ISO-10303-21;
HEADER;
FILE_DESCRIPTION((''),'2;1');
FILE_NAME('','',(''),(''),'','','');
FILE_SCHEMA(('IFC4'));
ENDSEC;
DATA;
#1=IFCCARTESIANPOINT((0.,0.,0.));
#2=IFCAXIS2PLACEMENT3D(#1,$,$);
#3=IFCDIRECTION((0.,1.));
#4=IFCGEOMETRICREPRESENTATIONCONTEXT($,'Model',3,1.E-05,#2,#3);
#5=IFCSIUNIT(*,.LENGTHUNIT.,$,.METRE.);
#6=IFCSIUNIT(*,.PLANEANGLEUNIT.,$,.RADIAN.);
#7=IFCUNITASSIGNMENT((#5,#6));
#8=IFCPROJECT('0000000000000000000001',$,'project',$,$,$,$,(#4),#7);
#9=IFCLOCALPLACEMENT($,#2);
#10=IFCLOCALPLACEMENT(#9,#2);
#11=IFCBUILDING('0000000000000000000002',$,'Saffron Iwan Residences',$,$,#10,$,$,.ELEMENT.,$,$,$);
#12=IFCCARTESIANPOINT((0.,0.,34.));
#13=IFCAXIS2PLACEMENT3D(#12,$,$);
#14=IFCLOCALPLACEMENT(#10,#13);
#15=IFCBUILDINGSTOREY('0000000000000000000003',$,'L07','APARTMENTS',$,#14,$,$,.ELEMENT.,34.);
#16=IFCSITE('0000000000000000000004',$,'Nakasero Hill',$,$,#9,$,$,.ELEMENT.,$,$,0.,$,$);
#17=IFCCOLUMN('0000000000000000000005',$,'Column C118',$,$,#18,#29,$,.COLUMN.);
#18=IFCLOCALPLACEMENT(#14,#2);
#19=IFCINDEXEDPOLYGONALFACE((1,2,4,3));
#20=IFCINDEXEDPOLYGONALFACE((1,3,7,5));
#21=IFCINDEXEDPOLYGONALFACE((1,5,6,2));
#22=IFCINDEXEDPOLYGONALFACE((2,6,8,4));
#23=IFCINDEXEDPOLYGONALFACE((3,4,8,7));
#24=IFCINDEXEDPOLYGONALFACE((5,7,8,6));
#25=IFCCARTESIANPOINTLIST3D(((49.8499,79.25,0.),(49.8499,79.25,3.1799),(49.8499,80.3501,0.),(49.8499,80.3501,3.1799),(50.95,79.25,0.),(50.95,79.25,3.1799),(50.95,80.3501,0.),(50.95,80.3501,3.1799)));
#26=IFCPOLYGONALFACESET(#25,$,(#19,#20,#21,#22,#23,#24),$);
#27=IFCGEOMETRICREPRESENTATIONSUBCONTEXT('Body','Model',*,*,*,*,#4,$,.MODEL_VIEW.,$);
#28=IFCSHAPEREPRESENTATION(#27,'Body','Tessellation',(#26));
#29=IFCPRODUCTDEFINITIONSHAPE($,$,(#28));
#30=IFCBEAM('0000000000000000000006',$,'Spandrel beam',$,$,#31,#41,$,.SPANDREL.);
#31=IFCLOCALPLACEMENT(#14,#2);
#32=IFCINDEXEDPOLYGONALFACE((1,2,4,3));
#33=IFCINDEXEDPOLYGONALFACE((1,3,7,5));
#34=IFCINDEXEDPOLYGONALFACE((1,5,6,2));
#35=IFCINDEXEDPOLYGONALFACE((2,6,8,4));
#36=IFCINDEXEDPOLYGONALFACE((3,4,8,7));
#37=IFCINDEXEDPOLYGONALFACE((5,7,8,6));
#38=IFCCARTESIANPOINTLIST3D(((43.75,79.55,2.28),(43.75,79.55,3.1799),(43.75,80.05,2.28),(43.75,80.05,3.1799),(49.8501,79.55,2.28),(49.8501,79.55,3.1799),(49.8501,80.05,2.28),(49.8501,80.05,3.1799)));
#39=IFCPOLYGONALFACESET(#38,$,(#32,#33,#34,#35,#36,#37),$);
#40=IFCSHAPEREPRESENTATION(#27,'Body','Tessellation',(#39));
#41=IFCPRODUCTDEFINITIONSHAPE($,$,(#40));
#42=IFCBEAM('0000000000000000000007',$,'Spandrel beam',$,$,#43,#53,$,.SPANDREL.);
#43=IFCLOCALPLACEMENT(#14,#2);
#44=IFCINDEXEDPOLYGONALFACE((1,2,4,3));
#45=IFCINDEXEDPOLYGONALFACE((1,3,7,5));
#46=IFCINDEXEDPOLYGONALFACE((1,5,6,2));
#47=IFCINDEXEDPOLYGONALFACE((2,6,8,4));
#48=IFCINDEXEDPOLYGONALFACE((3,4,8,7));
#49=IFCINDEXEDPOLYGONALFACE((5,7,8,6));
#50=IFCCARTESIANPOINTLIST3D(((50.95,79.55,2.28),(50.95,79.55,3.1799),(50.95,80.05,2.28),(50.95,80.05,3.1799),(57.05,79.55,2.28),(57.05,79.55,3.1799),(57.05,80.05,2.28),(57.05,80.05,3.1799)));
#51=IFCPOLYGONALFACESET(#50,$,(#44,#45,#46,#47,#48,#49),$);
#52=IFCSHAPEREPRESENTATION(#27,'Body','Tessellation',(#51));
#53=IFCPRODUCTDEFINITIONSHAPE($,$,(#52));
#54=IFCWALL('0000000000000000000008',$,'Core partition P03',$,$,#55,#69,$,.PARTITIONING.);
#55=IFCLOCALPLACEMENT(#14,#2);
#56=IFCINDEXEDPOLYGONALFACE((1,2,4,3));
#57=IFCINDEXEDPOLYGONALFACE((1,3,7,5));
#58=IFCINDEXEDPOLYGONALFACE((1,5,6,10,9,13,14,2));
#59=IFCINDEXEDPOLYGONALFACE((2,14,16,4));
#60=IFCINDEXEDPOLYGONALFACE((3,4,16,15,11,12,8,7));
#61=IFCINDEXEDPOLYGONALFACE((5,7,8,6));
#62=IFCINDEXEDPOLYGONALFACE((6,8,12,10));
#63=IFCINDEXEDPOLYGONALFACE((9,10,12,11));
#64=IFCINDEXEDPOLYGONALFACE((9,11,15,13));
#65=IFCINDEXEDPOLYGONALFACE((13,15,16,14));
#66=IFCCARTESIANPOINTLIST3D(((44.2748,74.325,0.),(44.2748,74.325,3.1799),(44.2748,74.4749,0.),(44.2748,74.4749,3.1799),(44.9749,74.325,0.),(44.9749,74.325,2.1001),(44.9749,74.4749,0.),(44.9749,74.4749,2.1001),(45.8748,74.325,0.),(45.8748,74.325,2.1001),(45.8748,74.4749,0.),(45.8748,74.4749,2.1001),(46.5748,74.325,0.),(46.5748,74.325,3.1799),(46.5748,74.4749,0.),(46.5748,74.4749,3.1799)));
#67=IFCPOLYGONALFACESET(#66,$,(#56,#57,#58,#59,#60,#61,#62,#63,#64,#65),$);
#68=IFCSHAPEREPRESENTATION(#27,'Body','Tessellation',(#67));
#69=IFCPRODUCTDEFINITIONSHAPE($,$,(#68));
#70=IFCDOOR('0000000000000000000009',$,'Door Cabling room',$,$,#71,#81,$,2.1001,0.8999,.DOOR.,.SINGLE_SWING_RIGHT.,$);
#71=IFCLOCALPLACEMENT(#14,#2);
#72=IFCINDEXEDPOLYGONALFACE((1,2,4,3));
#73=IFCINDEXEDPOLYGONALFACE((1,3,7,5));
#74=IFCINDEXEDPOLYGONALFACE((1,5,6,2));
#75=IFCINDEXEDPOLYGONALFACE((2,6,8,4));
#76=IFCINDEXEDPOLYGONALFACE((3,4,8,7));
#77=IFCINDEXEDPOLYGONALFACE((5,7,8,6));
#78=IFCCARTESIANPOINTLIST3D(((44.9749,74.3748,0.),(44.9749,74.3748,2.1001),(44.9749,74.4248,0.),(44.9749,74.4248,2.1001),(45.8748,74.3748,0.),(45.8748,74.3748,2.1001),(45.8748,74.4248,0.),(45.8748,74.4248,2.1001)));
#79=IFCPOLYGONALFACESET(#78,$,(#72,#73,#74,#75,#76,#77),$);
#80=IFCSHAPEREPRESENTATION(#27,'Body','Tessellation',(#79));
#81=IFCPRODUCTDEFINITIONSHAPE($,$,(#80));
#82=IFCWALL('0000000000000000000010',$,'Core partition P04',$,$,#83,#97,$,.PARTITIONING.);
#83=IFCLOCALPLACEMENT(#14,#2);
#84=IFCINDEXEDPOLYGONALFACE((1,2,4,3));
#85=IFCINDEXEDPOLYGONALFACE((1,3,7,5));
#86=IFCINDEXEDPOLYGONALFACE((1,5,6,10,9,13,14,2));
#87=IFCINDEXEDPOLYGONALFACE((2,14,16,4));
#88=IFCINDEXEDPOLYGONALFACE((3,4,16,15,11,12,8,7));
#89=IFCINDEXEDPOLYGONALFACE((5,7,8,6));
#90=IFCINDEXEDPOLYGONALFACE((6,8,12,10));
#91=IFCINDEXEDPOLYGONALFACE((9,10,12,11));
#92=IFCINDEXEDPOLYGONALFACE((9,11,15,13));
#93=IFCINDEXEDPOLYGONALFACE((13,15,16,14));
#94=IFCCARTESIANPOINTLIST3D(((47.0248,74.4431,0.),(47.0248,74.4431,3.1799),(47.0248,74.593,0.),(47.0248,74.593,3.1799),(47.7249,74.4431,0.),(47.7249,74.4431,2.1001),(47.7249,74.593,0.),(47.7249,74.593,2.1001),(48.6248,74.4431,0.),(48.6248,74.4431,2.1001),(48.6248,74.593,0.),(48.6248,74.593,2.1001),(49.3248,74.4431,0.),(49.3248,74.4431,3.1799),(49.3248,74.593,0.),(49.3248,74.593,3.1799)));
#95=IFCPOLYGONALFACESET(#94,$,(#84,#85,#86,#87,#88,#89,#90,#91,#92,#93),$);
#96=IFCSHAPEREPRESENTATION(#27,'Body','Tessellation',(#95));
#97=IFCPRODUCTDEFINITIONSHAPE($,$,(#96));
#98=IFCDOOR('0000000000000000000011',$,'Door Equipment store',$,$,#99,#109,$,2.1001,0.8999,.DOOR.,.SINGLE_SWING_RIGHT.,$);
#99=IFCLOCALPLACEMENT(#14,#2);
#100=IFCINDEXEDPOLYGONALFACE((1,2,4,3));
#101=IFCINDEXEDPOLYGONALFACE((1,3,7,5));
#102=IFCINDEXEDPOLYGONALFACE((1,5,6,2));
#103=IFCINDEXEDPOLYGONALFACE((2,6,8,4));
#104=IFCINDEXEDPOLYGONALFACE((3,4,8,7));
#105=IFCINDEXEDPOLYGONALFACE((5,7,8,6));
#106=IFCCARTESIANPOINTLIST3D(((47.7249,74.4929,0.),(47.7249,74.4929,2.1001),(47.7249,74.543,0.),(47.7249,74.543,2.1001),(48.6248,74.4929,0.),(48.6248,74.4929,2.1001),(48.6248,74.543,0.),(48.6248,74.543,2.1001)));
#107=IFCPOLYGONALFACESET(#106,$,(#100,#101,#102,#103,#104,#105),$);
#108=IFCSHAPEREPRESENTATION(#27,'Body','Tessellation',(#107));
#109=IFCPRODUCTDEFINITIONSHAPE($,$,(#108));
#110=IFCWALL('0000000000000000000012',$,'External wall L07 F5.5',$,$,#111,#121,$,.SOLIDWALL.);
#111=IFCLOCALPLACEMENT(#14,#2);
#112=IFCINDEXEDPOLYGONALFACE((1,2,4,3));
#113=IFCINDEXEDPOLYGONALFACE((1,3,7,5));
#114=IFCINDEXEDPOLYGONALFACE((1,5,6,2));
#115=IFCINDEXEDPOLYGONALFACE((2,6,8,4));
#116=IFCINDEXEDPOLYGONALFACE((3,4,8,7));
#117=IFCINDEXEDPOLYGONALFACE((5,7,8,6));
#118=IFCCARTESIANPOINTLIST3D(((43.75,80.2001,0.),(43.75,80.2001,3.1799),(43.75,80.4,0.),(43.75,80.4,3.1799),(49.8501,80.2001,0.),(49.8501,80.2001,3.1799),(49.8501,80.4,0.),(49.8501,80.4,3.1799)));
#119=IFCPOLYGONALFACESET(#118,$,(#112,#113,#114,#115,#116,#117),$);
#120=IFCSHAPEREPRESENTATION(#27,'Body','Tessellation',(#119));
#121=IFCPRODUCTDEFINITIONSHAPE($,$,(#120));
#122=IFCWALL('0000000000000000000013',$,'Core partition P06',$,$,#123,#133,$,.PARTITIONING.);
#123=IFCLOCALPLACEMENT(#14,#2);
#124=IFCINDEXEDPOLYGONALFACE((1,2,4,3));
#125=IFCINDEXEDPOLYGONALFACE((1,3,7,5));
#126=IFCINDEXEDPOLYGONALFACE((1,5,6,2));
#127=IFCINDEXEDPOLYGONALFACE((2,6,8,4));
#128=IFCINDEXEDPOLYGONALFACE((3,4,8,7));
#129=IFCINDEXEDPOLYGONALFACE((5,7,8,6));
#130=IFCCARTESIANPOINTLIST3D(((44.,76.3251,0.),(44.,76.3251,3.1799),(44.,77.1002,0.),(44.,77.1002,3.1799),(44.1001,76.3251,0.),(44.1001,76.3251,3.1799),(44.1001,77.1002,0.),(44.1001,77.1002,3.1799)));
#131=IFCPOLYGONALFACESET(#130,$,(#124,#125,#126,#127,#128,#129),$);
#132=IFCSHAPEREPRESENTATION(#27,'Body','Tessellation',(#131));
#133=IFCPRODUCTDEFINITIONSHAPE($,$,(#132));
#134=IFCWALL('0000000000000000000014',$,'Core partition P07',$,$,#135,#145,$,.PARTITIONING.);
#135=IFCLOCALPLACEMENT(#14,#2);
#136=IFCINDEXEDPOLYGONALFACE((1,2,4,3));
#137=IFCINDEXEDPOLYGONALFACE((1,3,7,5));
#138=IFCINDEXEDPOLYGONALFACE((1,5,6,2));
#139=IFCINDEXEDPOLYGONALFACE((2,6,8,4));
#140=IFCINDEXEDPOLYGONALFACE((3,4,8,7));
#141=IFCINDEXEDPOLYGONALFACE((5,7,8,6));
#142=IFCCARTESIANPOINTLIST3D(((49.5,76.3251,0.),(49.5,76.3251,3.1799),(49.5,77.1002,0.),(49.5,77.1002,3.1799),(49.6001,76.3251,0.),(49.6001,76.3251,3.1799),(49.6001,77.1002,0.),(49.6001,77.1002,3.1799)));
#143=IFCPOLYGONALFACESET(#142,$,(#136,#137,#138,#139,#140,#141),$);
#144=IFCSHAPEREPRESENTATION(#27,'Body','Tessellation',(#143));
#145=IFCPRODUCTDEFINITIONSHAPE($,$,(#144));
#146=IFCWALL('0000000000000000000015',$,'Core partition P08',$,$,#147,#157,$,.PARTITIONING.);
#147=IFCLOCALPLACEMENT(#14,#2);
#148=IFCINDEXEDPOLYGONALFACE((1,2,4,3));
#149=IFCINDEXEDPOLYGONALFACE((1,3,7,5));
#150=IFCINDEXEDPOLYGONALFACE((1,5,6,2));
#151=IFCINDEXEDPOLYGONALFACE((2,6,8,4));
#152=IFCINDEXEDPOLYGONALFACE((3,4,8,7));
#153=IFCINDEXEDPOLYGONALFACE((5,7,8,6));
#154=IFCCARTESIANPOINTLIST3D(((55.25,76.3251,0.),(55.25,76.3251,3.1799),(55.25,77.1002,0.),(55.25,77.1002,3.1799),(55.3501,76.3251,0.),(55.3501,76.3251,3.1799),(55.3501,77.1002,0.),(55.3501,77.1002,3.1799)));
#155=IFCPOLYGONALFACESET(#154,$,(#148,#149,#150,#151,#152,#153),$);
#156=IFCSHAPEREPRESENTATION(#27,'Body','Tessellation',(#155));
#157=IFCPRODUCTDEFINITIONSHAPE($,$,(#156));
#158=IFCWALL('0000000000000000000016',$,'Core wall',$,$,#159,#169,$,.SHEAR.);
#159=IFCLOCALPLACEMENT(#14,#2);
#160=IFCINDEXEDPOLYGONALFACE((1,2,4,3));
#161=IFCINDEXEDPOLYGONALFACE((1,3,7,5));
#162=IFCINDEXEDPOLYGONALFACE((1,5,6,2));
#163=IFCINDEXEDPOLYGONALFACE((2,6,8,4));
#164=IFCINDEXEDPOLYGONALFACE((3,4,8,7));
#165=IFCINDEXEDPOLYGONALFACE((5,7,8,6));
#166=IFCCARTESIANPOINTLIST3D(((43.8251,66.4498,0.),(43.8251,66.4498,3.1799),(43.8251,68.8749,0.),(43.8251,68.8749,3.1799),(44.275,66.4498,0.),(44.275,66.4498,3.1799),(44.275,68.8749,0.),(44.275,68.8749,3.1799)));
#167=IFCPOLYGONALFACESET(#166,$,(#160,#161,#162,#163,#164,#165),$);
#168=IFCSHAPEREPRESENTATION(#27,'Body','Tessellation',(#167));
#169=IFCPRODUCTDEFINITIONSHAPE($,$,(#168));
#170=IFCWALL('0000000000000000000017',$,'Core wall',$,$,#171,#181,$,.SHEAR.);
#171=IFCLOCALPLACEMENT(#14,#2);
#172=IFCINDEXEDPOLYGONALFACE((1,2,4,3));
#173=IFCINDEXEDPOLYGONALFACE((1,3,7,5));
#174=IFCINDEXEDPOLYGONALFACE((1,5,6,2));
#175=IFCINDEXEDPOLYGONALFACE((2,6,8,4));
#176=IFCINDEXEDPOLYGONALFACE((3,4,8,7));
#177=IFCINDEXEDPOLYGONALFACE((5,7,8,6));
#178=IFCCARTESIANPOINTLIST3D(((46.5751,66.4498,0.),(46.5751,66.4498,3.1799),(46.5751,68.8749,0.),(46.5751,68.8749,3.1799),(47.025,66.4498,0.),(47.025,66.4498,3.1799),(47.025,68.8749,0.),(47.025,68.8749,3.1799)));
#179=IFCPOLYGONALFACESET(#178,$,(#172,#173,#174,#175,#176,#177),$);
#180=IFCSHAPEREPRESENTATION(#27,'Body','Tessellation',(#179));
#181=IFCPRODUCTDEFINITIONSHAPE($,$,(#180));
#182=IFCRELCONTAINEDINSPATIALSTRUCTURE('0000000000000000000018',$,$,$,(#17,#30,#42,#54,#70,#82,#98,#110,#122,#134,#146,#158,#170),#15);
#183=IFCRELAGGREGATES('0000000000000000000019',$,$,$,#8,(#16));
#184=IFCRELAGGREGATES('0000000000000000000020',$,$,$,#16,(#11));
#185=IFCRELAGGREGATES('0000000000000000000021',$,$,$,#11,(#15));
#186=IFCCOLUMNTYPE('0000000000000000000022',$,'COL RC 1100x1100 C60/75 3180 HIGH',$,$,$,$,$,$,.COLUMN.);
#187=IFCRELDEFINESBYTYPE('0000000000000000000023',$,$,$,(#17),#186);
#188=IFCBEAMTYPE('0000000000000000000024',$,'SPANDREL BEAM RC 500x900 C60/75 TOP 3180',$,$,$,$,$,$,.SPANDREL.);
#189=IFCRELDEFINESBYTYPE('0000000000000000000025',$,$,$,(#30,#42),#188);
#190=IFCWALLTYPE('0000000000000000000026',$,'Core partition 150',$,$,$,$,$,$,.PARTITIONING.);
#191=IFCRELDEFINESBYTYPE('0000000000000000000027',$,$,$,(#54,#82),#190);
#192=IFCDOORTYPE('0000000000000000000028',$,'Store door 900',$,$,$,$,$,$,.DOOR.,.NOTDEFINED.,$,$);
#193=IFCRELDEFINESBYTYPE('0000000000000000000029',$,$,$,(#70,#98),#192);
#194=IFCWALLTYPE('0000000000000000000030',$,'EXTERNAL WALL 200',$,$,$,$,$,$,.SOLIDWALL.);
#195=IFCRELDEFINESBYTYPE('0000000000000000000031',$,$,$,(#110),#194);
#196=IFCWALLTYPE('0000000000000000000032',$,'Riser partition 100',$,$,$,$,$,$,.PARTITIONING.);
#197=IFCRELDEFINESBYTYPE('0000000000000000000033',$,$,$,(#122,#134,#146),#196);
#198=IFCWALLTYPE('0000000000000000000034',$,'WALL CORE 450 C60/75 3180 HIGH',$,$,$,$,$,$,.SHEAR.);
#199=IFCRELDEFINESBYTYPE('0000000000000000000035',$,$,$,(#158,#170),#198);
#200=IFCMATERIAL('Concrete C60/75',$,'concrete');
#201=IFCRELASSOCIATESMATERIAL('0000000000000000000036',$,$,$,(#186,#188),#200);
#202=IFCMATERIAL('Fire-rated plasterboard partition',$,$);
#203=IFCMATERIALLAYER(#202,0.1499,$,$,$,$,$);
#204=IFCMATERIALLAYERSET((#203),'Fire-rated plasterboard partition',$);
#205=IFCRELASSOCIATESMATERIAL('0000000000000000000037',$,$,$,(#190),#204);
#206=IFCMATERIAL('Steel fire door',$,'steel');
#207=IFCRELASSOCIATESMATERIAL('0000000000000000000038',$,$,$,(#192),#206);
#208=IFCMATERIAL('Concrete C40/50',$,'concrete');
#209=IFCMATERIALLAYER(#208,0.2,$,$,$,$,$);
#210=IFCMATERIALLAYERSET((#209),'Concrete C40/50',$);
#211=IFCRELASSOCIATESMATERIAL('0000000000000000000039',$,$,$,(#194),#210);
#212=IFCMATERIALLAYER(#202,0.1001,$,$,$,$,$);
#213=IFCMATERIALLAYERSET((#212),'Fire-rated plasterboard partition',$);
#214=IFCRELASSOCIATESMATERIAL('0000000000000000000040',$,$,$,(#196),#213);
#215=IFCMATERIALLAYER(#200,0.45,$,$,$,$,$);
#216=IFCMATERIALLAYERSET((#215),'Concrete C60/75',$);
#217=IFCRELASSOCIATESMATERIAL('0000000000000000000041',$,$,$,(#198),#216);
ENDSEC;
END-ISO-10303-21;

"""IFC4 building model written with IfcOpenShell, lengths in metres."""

from ifc_helpers import new_model, si_unit, direction, frame, frame_2d, origin, origin_2d, place, context, subcontext, project, spatial, rectangle, extrude, source, transform, mapped, material, layer, layer_set, material_profile, profile_set, type_object, element, fill, save


model = new_model("IFC4")

# Units and contexts
model_context = context("Model", 3, precision=1e-05, world=origin(), true_north=direction((0.0, 1.0)))
body_context = subcontext(model_context, "Body", "Model", "MODEL_VIEW")
ifc_project = project(units=[si_unit("LENGTHUNIT", "METRE"), si_unit("PLANEANGLEUNIT", "RADIAN")], contexts=[model_context])

# Site, building, storey
site_placement = place(None, origin())
site = spatial("IfcSite", under=ifc_project, at=site_placement, Name="Nakasero Hill", CompositionType="ELEMENT", RefElevation=0.0)
building_placement = place(site_placement, origin())
building = spatial("IfcBuilding", under=site, at=building_placement, Name="Saffron Iwan Residences", CompositionType="ELEMENT")
storey_placement = place(building_placement, frame((0.0, 0.0, 34.0)))
storey = spatial("IfcBuildingStorey", under=building, at=storey_placement, Name="L07", Description="APARTMENTS", CompositionType="ELEMENT", Elevation=34.0)

# Column
ifc_material_1 = material(Name="Concrete C60/75", Category="concrete")
ifc_material_profile_1 = material_profile(ifc_material_1, rectangle(XDim=1.1001, YDim=1.1001, at=origin_2d()), Name="RC 1100x1100")
ifc_profile_set_1 = profile_set([ifc_material_profile_1], Name="Concrete C60/75")
column_type = type_object("IfcColumnType", Name="COL RC 1100x1100 C60/75 3180 HIGH", PredefinedType="COLUMN", material=ifc_profile_set_1)
shared_shape_1 = source(origin(), body_context, "Body", "SweptSolid", [
    extrude(rectangle(XDim=1.1001, YDim=1.1001, at=origin_2d()), origin(), (0.0, 0.0, 1.0), 3.1799),
])
column_placement = place(storey_placement, frame((50.3999, 79.8, 0.0), z_axis=(0.0, 0.0, 1.0), x_axis=(1.0, 0.0, 0.0)))
element("IfcColumn", 1, at=column_placement, inside=storey, type_object=column_type, Name="Column C118", PredefinedType="COLUMN", context=body_context, shape_type="MappedRepresentation", body=[
    mapped(shared_shape_1, transform((0.0, 0.0, 0.0))),
])

# Beams
ifc_material_profile_2 = material_profile(ifc_material_1, rectangle(XDim=0.5, YDim=0.8999, at=origin_2d()), Name="RC 500x900")
ifc_profile_set_2 = profile_set([ifc_material_profile_2], Name="Concrete C60/75")
beam_type = type_object("IfcBeamType", Name="SPANDREL BEAM RC 500x900 C60/75 TOP 3180", PredefinedType="SPANDREL", material=ifc_profile_set_2)
shared_shape_2 = source(origin(), body_context, "Body", "SweptSolid", [
    extrude(rectangle(XDim=0.5, YDim=0.8999, at=origin_2d()), origin(), (0.0, 0.0, 1.0), 6.1001),
])
for number, where, z_axis, x_axis, name in (
    (2, (43.75, 79.8, 2.73), (1.0, 0.0, 0.0), (0.0, 1.0, 0.0), "Spandrel beam"),
    (3, (50.95, 79.8, 2.73), (1.0, 0.0, 0.0), (0.0, 1.0, 0.0), "Spandrel beam"),
):
    element("IfcBeam", number, at=place(storey_placement, frame(where, z_axis=z_axis, x_axis=x_axis)), inside=storey, type_object=beam_type, Name=name, PredefinedType="SPANDREL", context=body_context, shape_type="MappedRepresentation", body=[
        mapped(shared_shape_2, transform((0.0, 0.0, 0.0))),
    ])

# Walls, openings, doors
ifc_material_2 = material(Name="Fire-rated plasterboard partition")
ifc_layer_1 = layer(ifc_material_2, 0.1499)
ifc_layer_set_1 = layer_set([ifc_layer_1], Name="Fire-rated plasterboard partition")
wall_type_1 = type_object("IfcWallType", Name="Core partition 150", PredefinedType="PARTITIONING", material=ifc_layer_set_1)
wall_1_placement = place(storey_placement, frame((44.2749, 74.3999, 0.0), z_axis=(0.0, 0.0, 1.0), x_axis=(1.0, 0.0, 0.0)))
wall_1 = element("IfcWall", 4, at=wall_1_placement, inside=storey, type_object=wall_type_1, Name="Core partition P03", PredefinedType="PARTITIONING", context=body_context, shape_type="SweptSolid", body=[
    extrude(rectangle(XDim=2.3, YDim=0.1499, at=frame_2d((1.1499, 0.0))), origin(), (0.0, 0.0, 1.0), 3.1799),
])
opening_1_placement = place(wall_1_placement, frame((0.7, 0.0, 0.0)))
opening_1 = element("IfcOpeningElement", 5, at=opening_1_placement, cuts=wall_1, PredefinedType="OPENING", context=body_context, shape_type="SweptSolid", body=[
    extrude(rectangle(XDim=0.8999, YDim=2.1001, at=frame_2d((0.45, 1.05))), frame((0.0, 0.085, 0.0), z_axis=(0.0, -1.0, 0.0), x_axis=(1.0, 0.0, 0.0)), (0.0, 0.0, 1.0), 0.1699),
])
ifc_material_3 = material(Name="Steel fire door", Category="steel")
door_type = type_object("IfcDoorType", Name="Store door 900", OperationType="NOTDEFINED", PredefinedType="DOOR", material=ifc_material_3)
door_1_placement = place(opening_1_placement, origin())
door_1 = element("IfcDoor", 6, at=door_1_placement, inside=storey, type_object=door_type, Name="Door Cabling room", OperationType="SINGLE_SWING_RIGHT", OverallHeight=2.1001, OverallWidth=0.8999, PredefinedType="DOOR", context=body_context, shape_type="SweptSolid", body=[
    extrude(rectangle(XDim=0.8999, YDim=2.1001, at=frame_2d((0.45, 1.05))), frame((0.0, 0.0249, 0.0), z_axis=(0.0, -1.0, 0.0), x_axis=(1.0, 0.0, 0.0)), (0.0, 0.0, 1.0), 0.05),
])
fill(opening_1, door_1)
wall_2_placement = place(storey_placement, frame((47.0249, 74.5181, 0.0), z_axis=(0.0, 0.0, 1.0), x_axis=(1.0, 0.0, 0.0)))
wall_2 = element("IfcWall", 7, at=wall_2_placement, inside=storey, type_object=wall_type_1, Name="Core partition P04", PredefinedType="PARTITIONING", context=body_context, shape_type="SweptSolid", body=[
    extrude(rectangle(XDim=2.3, YDim=0.1499, at=frame_2d((1.1499, 0.0))), origin(), (0.0, 0.0, 1.0), 3.1799),
])
opening_2_placement = place(wall_2_placement, frame((0.7, 0.0, 0.0)))
opening_2 = element("IfcOpeningElement", 8, at=opening_2_placement, cuts=wall_2, PredefinedType="OPENING", context=body_context, shape_type="SweptSolid", body=[
    extrude(rectangle(XDim=0.8999, YDim=2.1001, at=frame_2d((0.45, 1.05))), frame((0.0, 0.085, 0.0), z_axis=(0.0, -1.0, 0.0), x_axis=(1.0, 0.0, 0.0)), (0.0, 0.0, 1.0), 0.1699),
])
door_2_placement = place(opening_2_placement, origin())
door_2 = element("IfcDoor", 9, at=door_2_placement, inside=storey, type_object=door_type, Name="Door Equipment store", OperationType="SINGLE_SWING_RIGHT", OverallHeight=2.1001, OverallWidth=0.8999, PredefinedType="DOOR", context=body_context, shape_type="SweptSolid", body=[
    extrude(rectangle(XDim=0.8999, YDim=2.1001, at=frame_2d((0.45, 1.05))), frame((0.0, 0.0249, 0.0), z_axis=(0.0, -1.0, 0.0), x_axis=(1.0, 0.0, 0.0)), (0.0, 0.0, 1.0), 0.05),
])
fill(opening_2, door_2)

# Walls
ifc_material_4 = material(Name="Concrete C40/50", Category="concrete")
ifc_layer_2 = layer(ifc_material_4, 0.2)
ifc_layer_set_2 = layer_set([ifc_layer_2], Name="Concrete C40/50")
wall_type_2 = type_object("IfcWallType", Name="EXTERNAL WALL 200", PredefinedType="SOLIDWALL", material=ifc_layer_set_2)
wall_3_placement = place(storey_placement, frame((49.8501, 80.3, 0.0), z_axis=(0.0, 0.0, 1.0), x_axis=(-1.0, 0.0, 0.0)))
element("IfcWall", 10, at=wall_3_placement, inside=storey, type_object=wall_type_2, Name="External wall L07 F5.5", PredefinedType="SOLIDWALL", context=body_context, shape_type="SweptSolid", body=[
    extrude(rectangle(XDim=6.1001, YDim=0.2, at=frame_2d((3.05, 0.0))), origin(), (0.0, 0.0, 1.0), 3.1799),
])
ifc_layer_3 = layer(ifc_material_2, 0.1001)
ifc_layer_set_3 = layer_set([ifc_layer_3], Name="Fire-rated plasterboard partition")
wall_type_3 = type_object("IfcWallType", Name="Riser partition 100", PredefinedType="PARTITIONING", material=ifc_layer_set_3)
for number, where, z_axis, x_axis, name in (
    (11, (44.05, 76.325, 0.0), (0.0, 0.0, 1.0), (0.0, 1.0, 0.0), "Core partition P06"),
    (12, (49.55, 76.325, 0.0), (0.0, 0.0, 1.0), (0.0, 1.0, 0.0), "Core partition P07"),
    (13, (55.3, 76.325, 0.0), (0.0, 0.0, 1.0), (0.0, 1.0, 0.0), "Core partition P08"),
):
    element("IfcWall", number, at=place(storey_placement, frame(where, z_axis=z_axis, x_axis=x_axis)), inside=storey, type_object=wall_type_3, Name=name, PredefinedType="PARTITIONING", context=body_context, shape_type="SweptSolid", body=[
        extrude(rectangle(XDim=0.7751, YDim=0.1001, at=frame_2d((0.3877, 0.0))), origin(), (0.0, 0.0, 1.0), 3.1799),
    ])
ifc_layer_4 = layer(ifc_material_1, 0.45)
ifc_layer_set_4 = layer_set([ifc_layer_4], Name="Concrete C60/75")
wall_type_4 = type_object("IfcWallType", Name="WALL CORE 450 C60/75 3180 HIGH", PredefinedType="SHEAR", material=ifc_layer_set_4)
for number, where, z_axis, x_axis, name in (
    (14, (44.05, 66.45, 0.0), (0.0, 0.0, 1.0), (0.0, 1.0, 0.0), "Core wall"),
    (15, (46.8, 66.45, 0.0), (0.0, 0.0, 1.0), (0.0, 1.0, 0.0), "Core wall"),
):
    element("IfcWall", number, at=place(storey_placement, frame(where, z_axis=z_axis, x_axis=x_axis)), inside=storey, type_object=wall_type_4, Name=name, PredefinedType="SHEAR", context=body_context, shape_type="SweptSolid", body=[
        extrude(rectangle(XDim=2.425, YDim=0.45, at=frame_2d((1.2124, 0.0))), origin(), (0.0, 0.0, 1.0), 3.1799),
    ])

save(model, "model.ifc")
